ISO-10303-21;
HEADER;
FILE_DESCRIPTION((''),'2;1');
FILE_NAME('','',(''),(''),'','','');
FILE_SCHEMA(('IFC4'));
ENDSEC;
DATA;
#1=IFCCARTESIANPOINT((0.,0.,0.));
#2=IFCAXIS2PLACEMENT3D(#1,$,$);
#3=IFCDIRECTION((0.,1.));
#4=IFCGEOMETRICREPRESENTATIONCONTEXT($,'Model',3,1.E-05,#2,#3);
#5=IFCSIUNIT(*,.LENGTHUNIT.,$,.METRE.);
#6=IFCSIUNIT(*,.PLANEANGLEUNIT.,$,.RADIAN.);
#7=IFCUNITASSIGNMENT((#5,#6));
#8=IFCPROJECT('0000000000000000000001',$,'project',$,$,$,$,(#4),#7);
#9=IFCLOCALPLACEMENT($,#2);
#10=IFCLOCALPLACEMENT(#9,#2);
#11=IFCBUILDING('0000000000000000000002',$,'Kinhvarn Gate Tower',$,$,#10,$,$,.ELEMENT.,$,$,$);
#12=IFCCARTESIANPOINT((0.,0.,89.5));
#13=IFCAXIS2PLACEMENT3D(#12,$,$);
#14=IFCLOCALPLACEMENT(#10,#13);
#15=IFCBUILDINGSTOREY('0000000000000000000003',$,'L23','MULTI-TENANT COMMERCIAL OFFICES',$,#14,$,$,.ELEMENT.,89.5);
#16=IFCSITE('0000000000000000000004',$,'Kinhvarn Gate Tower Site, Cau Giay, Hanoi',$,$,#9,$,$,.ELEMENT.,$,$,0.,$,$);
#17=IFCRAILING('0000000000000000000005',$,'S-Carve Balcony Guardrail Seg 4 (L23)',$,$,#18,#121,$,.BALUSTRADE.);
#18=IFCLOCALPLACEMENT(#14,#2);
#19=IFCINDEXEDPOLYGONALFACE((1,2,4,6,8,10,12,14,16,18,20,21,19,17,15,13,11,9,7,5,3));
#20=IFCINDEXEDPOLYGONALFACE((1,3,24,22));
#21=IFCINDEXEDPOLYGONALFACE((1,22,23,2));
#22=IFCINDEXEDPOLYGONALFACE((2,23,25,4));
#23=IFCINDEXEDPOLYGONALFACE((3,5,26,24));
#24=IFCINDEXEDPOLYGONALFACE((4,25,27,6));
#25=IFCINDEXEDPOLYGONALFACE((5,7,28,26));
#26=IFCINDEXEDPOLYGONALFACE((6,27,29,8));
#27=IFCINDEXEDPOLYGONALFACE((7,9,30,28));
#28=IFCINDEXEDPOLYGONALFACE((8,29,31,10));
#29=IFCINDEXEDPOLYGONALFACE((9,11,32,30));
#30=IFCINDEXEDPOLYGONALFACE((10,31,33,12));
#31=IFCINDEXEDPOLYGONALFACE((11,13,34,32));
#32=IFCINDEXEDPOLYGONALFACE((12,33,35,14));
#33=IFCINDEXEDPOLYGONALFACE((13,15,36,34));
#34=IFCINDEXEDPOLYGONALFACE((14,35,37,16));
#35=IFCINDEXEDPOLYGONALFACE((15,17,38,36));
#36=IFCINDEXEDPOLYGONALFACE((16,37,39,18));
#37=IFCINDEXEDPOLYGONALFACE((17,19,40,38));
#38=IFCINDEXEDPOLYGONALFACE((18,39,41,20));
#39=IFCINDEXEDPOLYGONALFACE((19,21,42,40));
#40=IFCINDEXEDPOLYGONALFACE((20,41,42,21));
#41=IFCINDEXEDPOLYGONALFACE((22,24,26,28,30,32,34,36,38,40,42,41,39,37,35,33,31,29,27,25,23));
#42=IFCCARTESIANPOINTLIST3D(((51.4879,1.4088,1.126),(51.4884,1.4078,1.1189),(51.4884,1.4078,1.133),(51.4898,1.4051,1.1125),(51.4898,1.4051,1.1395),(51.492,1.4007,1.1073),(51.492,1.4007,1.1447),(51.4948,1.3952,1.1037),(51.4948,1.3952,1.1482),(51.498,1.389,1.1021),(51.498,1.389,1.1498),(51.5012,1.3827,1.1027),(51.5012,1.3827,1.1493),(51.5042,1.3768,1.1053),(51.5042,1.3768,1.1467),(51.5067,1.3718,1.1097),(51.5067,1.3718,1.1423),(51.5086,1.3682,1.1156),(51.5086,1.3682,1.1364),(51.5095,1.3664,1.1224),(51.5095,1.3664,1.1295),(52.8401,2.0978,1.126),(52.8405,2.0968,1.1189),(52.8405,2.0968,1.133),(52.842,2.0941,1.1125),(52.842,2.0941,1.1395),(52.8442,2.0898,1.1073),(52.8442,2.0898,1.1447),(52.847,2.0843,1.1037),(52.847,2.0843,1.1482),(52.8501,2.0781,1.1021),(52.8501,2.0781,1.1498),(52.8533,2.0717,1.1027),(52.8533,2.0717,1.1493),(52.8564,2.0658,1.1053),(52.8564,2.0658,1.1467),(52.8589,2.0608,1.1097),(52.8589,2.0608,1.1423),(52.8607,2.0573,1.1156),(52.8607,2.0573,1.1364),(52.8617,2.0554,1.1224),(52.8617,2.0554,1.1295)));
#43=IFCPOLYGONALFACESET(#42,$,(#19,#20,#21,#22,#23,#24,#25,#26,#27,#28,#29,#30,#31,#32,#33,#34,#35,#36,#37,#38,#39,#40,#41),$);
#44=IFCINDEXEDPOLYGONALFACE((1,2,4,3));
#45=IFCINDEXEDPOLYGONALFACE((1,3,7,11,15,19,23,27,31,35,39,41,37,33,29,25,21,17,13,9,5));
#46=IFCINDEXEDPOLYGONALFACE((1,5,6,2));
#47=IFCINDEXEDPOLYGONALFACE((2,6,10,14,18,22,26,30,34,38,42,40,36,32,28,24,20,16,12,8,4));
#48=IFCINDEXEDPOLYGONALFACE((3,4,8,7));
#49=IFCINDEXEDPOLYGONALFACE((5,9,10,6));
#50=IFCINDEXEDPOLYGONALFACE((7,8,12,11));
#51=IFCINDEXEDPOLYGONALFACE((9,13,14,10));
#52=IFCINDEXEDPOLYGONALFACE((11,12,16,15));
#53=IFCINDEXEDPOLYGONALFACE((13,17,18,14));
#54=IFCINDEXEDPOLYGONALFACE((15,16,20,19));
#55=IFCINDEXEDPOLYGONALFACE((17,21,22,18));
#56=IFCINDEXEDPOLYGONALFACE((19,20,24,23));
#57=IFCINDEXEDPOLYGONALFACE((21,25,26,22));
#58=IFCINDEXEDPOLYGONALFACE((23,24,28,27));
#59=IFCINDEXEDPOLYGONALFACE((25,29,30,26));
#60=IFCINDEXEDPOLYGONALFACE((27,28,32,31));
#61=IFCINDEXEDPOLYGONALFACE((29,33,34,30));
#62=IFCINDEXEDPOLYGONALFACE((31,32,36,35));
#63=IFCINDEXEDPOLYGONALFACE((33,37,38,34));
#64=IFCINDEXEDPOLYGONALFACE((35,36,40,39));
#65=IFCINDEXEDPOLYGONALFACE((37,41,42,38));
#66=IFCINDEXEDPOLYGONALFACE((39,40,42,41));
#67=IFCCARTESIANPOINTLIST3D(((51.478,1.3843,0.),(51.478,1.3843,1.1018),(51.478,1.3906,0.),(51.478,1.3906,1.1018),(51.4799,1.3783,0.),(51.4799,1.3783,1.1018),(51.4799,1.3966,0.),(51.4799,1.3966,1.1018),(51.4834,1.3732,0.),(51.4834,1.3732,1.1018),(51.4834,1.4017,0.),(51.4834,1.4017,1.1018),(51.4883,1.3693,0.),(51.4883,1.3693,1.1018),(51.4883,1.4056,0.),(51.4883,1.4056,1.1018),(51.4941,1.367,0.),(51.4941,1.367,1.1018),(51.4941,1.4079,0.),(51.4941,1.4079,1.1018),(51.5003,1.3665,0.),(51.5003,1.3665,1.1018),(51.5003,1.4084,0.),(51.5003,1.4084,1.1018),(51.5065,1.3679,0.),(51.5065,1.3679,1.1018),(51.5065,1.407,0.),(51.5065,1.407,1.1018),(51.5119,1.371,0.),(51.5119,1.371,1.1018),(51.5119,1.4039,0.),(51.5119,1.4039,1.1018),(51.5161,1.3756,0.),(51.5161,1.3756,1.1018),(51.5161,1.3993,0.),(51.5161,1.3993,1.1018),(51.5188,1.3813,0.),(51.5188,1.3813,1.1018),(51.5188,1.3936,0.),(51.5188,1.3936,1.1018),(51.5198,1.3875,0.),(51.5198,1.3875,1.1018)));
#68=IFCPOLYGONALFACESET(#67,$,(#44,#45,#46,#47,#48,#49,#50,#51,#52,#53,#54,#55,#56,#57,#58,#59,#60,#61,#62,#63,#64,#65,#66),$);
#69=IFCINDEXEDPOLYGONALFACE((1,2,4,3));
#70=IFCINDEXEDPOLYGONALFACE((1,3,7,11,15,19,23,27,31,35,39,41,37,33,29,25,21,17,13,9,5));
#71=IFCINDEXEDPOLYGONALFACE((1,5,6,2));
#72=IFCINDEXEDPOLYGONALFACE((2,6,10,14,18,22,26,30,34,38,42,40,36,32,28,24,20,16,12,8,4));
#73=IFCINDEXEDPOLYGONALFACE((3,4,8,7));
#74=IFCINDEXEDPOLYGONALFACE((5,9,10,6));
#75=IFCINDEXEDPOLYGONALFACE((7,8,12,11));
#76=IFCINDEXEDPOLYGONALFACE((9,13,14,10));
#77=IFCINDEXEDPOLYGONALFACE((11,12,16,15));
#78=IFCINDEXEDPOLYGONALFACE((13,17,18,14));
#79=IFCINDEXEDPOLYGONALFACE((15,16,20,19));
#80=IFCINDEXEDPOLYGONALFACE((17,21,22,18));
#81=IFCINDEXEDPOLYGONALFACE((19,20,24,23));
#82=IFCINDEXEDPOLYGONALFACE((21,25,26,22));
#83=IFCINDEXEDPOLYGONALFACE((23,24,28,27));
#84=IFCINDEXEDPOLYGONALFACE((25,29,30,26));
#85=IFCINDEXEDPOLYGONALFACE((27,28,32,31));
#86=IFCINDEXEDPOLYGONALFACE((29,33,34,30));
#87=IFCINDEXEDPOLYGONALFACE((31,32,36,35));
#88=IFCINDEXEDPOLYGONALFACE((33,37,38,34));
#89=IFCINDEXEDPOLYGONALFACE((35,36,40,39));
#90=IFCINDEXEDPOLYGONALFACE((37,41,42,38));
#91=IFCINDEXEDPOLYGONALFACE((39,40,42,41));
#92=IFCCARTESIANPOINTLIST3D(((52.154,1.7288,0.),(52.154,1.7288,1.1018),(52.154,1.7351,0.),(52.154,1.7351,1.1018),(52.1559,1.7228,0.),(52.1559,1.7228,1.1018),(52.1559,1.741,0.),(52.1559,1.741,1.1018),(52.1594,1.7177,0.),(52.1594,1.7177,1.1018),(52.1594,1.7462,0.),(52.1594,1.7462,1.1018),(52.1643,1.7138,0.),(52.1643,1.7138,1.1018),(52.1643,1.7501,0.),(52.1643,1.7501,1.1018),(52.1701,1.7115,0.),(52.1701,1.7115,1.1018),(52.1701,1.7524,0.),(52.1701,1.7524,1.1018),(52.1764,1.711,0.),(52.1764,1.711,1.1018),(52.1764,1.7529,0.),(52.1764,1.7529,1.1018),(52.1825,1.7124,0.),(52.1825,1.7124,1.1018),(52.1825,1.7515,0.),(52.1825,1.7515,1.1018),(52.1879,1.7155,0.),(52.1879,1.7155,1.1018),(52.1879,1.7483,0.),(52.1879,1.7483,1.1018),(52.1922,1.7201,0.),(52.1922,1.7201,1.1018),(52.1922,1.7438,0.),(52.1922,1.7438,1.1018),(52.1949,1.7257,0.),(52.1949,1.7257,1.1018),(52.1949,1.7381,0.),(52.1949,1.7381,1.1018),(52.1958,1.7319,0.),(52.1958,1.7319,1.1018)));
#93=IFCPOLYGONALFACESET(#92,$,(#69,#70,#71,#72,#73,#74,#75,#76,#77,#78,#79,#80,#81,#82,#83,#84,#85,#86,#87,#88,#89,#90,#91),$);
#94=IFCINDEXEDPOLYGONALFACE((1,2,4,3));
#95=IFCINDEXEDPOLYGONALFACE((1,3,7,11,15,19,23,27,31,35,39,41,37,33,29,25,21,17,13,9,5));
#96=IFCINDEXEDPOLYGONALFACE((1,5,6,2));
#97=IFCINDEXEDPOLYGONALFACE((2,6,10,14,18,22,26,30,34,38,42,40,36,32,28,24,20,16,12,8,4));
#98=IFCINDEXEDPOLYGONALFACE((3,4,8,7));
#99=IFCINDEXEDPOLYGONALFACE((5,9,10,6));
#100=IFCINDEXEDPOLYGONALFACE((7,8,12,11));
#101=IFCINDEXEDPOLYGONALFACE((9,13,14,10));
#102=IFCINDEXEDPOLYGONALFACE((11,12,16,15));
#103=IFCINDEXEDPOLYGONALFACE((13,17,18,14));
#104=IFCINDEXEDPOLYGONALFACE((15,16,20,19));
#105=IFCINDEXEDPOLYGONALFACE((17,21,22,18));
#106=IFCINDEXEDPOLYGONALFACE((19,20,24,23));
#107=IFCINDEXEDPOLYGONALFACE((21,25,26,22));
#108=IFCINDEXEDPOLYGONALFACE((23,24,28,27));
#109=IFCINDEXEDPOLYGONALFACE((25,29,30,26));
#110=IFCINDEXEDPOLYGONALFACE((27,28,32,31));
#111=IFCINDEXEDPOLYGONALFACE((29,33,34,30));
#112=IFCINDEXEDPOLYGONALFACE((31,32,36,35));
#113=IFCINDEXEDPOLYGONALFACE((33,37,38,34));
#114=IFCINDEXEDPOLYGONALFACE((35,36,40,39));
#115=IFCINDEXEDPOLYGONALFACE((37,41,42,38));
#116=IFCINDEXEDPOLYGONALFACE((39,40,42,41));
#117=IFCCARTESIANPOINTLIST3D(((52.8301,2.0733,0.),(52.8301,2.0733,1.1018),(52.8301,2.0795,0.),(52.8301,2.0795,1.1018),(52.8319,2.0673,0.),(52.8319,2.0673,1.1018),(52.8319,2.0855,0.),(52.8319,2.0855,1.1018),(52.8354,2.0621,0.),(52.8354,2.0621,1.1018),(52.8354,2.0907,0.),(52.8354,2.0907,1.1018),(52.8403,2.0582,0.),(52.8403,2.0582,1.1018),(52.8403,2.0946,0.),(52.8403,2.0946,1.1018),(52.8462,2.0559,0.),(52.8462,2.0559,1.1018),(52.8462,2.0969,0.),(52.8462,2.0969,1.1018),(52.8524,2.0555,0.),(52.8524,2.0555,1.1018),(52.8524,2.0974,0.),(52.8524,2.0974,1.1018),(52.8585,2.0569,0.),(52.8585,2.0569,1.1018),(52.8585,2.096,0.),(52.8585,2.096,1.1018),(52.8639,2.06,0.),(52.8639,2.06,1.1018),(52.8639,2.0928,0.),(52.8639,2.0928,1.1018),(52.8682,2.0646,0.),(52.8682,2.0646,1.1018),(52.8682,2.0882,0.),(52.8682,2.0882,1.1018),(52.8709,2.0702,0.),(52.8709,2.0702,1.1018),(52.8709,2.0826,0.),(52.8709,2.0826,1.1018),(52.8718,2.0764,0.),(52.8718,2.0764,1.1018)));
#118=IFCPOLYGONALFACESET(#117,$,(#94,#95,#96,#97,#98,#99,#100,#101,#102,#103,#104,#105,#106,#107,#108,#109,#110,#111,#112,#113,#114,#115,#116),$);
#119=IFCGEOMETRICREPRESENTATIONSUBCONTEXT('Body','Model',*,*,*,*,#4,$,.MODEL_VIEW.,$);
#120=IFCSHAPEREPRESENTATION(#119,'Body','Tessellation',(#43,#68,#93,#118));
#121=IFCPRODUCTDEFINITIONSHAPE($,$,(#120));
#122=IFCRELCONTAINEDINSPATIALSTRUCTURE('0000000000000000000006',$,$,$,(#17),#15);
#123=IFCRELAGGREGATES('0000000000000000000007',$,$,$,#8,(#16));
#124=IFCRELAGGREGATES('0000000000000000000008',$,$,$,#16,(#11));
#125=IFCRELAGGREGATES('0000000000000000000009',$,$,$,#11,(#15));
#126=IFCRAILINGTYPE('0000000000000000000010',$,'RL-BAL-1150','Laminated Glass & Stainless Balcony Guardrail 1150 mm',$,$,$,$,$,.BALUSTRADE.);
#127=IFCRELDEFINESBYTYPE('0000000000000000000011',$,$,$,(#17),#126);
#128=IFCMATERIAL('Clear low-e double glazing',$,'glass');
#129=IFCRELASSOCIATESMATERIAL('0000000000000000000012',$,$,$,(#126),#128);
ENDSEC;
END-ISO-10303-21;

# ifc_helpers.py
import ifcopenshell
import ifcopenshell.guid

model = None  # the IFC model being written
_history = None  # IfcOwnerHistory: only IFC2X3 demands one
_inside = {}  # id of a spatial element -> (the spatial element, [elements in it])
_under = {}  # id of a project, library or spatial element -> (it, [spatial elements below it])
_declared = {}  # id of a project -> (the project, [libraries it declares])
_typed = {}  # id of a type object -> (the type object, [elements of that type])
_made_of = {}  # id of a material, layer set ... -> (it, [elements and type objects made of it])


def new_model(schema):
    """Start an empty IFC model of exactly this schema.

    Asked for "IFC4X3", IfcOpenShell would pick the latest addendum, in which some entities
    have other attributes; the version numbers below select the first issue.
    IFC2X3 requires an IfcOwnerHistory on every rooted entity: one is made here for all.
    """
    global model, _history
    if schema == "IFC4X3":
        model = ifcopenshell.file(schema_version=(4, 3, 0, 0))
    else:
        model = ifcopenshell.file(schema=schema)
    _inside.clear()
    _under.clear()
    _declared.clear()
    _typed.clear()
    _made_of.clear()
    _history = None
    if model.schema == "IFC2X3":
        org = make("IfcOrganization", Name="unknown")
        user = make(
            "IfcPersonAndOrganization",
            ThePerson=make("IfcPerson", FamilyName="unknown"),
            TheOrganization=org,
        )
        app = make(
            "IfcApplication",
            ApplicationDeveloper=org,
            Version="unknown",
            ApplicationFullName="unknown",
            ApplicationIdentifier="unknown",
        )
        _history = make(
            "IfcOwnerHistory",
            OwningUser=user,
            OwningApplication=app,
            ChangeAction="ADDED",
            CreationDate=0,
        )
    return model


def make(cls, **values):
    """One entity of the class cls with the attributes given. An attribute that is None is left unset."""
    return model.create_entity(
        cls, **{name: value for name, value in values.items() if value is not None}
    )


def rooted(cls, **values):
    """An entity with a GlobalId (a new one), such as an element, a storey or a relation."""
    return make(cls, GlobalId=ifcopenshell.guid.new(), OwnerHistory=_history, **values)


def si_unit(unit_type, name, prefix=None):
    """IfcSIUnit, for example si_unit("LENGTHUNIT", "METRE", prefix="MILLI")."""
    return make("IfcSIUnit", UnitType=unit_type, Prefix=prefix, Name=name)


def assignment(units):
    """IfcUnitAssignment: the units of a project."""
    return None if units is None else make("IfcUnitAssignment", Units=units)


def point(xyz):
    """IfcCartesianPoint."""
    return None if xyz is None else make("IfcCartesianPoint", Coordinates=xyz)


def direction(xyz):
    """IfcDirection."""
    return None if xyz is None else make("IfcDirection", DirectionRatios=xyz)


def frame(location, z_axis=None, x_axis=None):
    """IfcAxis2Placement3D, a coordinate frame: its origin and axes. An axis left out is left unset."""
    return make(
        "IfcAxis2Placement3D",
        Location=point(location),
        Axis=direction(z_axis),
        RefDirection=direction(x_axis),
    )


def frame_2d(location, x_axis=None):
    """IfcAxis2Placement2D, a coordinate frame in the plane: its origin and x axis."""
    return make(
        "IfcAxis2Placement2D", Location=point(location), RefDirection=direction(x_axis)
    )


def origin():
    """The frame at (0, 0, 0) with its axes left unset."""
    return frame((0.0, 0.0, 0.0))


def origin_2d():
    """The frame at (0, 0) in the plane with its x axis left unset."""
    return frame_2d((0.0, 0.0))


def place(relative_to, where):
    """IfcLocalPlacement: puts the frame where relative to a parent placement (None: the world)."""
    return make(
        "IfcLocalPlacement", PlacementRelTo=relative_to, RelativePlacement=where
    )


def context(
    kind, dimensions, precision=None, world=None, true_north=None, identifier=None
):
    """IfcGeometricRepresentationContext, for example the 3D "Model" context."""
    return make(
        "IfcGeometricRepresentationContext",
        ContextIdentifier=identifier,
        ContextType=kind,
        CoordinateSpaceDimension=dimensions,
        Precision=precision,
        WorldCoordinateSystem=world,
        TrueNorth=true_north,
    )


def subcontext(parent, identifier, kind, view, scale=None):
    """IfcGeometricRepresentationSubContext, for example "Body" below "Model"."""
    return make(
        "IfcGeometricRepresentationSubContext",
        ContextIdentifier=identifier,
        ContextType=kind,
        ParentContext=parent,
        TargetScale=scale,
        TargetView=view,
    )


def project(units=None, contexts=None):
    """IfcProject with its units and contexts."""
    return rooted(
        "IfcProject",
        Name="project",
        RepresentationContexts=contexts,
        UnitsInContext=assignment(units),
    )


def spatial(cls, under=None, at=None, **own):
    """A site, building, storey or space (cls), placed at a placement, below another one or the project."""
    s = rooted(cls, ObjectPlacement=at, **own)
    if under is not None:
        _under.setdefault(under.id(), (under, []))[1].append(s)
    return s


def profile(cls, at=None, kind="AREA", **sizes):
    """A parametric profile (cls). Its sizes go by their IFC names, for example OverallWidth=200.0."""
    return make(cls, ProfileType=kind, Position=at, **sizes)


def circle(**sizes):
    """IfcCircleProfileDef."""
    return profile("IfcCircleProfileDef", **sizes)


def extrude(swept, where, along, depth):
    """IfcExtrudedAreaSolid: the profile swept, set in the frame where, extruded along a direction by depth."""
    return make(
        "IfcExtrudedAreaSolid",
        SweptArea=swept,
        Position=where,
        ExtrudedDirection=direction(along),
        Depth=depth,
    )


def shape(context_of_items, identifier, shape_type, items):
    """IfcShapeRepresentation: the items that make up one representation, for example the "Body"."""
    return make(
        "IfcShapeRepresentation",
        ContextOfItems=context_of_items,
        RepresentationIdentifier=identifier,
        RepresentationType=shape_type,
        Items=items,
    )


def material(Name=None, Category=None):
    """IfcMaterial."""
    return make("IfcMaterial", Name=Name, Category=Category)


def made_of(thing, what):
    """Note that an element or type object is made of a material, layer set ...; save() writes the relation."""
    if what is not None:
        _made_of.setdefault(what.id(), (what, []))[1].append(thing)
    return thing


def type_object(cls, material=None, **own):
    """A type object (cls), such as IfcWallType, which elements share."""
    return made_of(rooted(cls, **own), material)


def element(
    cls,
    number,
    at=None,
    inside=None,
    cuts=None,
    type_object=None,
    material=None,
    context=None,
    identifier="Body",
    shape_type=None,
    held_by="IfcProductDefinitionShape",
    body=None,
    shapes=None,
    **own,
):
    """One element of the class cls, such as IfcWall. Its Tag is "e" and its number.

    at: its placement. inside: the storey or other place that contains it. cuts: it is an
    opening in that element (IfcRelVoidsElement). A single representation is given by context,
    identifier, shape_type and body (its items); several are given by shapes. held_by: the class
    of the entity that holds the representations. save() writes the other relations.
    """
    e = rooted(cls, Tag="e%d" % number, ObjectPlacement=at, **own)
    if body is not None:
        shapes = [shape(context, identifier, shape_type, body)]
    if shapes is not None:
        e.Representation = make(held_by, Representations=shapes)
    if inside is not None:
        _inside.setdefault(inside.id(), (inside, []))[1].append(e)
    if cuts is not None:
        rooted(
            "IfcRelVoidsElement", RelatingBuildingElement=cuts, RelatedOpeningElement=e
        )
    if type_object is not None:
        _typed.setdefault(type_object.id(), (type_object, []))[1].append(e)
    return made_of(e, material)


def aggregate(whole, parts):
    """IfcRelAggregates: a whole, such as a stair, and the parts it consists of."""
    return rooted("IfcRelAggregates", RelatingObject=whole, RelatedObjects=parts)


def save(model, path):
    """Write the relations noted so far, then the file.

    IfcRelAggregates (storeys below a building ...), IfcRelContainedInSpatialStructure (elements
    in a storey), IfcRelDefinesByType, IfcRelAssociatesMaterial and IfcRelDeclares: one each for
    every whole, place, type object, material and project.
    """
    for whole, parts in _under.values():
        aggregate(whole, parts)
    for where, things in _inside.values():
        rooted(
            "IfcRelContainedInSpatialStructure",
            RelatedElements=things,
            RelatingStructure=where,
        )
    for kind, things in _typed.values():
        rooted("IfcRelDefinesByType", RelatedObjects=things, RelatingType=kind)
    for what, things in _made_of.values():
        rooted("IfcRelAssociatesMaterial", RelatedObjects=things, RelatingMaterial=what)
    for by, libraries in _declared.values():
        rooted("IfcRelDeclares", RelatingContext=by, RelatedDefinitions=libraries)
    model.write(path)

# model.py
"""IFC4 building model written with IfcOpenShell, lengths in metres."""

from ifc_helpers import new_model, si_unit, direction, frame, origin, origin_2d, place, context, subcontext, project, spatial, circle, extrude, material, type_object, element, save


model = new_model("IFC4")

# Units and contexts
model_context = context("Model", 3, precision=1e-05, world=origin(), true_north=direction((0.0, 1.0)))
body_context = subcontext(model_context, "Body", "Model", "MODEL_VIEW")
ifc_project = project(units=[si_unit("LENGTHUNIT", "METRE"), si_unit("PLANEANGLEUNIT", "RADIAN")], contexts=[model_context])

# Site, building, storey
site_placement = place(None, origin())
site = spatial("IfcSite", under=ifc_project, at=site_placement, Name="Kinhvarn Gate Tower Site, Cau Giay, Hanoi", CompositionType="ELEMENT", RefElevation=0.0)
building_placement = place(site_placement, origin())
building = spatial("IfcBuilding", under=site, at=building_placement, Name="Kinhvarn Gate Tower", CompositionType="ELEMENT")
storey_placement = place(building_placement, frame((0.0, 0.0, 89.5)))
storey = spatial("IfcBuildingStorey", under=building, at=storey_placement, Name="L23", Description="MULTI-TENANT COMMERCIAL OFFICES", CompositionType="ELEMENT", Elevation=89.5)

# Shared definitions
ifc_material_1 = material(Name="Clear low-e double glazing", Category="glass")

# Railing
railing_type = type_object("IfcRailingType", Name="RL-BAL-1150", Description="Laminated Glass & Stainless Balcony Guardrail 1150 mm", PredefinedType="BALUSTRADE", material=ifc_material_1)
railing_1_placement = place(storey_placement, frame((51.4988, 1.3875, 0.0)))
element("IfcRailing", 1, at=railing_1_placement, inside=storey, type_object=railing_type, Name="S-Carve Balcony Guardrail Seg 4 (L23)", PredefinedType="BALUSTRADE", context=body_context, shape_type="SweptSolid", body=[
    extrude(circle(Radius=0.0239, at=origin_2d()), frame((0.0, 0.0, 1.126), z_axis=(0.89099, 0.454022, 0.0), x_axis=(-0.454022, 0.89099, 0.0)), (0.0, 0.0, 1.0), 1.5176),
    extrude(circle(Radius=0.021, at=origin_2d()), origin(), (0.0, 0.0, 1.0), 1.1018),
    extrude(circle(Radius=0.021, at=origin_2d()), frame((0.676, 0.3445, 0.0)), (0.0, 0.0, 1.0), 1.1018),
    extrude(circle(Radius=0.021, at=origin_2d()), frame((1.3521, 0.689, 0.0)), (0.0, 0.0, 1.0), 1.1018),
])

save(model, "model.ifc")
